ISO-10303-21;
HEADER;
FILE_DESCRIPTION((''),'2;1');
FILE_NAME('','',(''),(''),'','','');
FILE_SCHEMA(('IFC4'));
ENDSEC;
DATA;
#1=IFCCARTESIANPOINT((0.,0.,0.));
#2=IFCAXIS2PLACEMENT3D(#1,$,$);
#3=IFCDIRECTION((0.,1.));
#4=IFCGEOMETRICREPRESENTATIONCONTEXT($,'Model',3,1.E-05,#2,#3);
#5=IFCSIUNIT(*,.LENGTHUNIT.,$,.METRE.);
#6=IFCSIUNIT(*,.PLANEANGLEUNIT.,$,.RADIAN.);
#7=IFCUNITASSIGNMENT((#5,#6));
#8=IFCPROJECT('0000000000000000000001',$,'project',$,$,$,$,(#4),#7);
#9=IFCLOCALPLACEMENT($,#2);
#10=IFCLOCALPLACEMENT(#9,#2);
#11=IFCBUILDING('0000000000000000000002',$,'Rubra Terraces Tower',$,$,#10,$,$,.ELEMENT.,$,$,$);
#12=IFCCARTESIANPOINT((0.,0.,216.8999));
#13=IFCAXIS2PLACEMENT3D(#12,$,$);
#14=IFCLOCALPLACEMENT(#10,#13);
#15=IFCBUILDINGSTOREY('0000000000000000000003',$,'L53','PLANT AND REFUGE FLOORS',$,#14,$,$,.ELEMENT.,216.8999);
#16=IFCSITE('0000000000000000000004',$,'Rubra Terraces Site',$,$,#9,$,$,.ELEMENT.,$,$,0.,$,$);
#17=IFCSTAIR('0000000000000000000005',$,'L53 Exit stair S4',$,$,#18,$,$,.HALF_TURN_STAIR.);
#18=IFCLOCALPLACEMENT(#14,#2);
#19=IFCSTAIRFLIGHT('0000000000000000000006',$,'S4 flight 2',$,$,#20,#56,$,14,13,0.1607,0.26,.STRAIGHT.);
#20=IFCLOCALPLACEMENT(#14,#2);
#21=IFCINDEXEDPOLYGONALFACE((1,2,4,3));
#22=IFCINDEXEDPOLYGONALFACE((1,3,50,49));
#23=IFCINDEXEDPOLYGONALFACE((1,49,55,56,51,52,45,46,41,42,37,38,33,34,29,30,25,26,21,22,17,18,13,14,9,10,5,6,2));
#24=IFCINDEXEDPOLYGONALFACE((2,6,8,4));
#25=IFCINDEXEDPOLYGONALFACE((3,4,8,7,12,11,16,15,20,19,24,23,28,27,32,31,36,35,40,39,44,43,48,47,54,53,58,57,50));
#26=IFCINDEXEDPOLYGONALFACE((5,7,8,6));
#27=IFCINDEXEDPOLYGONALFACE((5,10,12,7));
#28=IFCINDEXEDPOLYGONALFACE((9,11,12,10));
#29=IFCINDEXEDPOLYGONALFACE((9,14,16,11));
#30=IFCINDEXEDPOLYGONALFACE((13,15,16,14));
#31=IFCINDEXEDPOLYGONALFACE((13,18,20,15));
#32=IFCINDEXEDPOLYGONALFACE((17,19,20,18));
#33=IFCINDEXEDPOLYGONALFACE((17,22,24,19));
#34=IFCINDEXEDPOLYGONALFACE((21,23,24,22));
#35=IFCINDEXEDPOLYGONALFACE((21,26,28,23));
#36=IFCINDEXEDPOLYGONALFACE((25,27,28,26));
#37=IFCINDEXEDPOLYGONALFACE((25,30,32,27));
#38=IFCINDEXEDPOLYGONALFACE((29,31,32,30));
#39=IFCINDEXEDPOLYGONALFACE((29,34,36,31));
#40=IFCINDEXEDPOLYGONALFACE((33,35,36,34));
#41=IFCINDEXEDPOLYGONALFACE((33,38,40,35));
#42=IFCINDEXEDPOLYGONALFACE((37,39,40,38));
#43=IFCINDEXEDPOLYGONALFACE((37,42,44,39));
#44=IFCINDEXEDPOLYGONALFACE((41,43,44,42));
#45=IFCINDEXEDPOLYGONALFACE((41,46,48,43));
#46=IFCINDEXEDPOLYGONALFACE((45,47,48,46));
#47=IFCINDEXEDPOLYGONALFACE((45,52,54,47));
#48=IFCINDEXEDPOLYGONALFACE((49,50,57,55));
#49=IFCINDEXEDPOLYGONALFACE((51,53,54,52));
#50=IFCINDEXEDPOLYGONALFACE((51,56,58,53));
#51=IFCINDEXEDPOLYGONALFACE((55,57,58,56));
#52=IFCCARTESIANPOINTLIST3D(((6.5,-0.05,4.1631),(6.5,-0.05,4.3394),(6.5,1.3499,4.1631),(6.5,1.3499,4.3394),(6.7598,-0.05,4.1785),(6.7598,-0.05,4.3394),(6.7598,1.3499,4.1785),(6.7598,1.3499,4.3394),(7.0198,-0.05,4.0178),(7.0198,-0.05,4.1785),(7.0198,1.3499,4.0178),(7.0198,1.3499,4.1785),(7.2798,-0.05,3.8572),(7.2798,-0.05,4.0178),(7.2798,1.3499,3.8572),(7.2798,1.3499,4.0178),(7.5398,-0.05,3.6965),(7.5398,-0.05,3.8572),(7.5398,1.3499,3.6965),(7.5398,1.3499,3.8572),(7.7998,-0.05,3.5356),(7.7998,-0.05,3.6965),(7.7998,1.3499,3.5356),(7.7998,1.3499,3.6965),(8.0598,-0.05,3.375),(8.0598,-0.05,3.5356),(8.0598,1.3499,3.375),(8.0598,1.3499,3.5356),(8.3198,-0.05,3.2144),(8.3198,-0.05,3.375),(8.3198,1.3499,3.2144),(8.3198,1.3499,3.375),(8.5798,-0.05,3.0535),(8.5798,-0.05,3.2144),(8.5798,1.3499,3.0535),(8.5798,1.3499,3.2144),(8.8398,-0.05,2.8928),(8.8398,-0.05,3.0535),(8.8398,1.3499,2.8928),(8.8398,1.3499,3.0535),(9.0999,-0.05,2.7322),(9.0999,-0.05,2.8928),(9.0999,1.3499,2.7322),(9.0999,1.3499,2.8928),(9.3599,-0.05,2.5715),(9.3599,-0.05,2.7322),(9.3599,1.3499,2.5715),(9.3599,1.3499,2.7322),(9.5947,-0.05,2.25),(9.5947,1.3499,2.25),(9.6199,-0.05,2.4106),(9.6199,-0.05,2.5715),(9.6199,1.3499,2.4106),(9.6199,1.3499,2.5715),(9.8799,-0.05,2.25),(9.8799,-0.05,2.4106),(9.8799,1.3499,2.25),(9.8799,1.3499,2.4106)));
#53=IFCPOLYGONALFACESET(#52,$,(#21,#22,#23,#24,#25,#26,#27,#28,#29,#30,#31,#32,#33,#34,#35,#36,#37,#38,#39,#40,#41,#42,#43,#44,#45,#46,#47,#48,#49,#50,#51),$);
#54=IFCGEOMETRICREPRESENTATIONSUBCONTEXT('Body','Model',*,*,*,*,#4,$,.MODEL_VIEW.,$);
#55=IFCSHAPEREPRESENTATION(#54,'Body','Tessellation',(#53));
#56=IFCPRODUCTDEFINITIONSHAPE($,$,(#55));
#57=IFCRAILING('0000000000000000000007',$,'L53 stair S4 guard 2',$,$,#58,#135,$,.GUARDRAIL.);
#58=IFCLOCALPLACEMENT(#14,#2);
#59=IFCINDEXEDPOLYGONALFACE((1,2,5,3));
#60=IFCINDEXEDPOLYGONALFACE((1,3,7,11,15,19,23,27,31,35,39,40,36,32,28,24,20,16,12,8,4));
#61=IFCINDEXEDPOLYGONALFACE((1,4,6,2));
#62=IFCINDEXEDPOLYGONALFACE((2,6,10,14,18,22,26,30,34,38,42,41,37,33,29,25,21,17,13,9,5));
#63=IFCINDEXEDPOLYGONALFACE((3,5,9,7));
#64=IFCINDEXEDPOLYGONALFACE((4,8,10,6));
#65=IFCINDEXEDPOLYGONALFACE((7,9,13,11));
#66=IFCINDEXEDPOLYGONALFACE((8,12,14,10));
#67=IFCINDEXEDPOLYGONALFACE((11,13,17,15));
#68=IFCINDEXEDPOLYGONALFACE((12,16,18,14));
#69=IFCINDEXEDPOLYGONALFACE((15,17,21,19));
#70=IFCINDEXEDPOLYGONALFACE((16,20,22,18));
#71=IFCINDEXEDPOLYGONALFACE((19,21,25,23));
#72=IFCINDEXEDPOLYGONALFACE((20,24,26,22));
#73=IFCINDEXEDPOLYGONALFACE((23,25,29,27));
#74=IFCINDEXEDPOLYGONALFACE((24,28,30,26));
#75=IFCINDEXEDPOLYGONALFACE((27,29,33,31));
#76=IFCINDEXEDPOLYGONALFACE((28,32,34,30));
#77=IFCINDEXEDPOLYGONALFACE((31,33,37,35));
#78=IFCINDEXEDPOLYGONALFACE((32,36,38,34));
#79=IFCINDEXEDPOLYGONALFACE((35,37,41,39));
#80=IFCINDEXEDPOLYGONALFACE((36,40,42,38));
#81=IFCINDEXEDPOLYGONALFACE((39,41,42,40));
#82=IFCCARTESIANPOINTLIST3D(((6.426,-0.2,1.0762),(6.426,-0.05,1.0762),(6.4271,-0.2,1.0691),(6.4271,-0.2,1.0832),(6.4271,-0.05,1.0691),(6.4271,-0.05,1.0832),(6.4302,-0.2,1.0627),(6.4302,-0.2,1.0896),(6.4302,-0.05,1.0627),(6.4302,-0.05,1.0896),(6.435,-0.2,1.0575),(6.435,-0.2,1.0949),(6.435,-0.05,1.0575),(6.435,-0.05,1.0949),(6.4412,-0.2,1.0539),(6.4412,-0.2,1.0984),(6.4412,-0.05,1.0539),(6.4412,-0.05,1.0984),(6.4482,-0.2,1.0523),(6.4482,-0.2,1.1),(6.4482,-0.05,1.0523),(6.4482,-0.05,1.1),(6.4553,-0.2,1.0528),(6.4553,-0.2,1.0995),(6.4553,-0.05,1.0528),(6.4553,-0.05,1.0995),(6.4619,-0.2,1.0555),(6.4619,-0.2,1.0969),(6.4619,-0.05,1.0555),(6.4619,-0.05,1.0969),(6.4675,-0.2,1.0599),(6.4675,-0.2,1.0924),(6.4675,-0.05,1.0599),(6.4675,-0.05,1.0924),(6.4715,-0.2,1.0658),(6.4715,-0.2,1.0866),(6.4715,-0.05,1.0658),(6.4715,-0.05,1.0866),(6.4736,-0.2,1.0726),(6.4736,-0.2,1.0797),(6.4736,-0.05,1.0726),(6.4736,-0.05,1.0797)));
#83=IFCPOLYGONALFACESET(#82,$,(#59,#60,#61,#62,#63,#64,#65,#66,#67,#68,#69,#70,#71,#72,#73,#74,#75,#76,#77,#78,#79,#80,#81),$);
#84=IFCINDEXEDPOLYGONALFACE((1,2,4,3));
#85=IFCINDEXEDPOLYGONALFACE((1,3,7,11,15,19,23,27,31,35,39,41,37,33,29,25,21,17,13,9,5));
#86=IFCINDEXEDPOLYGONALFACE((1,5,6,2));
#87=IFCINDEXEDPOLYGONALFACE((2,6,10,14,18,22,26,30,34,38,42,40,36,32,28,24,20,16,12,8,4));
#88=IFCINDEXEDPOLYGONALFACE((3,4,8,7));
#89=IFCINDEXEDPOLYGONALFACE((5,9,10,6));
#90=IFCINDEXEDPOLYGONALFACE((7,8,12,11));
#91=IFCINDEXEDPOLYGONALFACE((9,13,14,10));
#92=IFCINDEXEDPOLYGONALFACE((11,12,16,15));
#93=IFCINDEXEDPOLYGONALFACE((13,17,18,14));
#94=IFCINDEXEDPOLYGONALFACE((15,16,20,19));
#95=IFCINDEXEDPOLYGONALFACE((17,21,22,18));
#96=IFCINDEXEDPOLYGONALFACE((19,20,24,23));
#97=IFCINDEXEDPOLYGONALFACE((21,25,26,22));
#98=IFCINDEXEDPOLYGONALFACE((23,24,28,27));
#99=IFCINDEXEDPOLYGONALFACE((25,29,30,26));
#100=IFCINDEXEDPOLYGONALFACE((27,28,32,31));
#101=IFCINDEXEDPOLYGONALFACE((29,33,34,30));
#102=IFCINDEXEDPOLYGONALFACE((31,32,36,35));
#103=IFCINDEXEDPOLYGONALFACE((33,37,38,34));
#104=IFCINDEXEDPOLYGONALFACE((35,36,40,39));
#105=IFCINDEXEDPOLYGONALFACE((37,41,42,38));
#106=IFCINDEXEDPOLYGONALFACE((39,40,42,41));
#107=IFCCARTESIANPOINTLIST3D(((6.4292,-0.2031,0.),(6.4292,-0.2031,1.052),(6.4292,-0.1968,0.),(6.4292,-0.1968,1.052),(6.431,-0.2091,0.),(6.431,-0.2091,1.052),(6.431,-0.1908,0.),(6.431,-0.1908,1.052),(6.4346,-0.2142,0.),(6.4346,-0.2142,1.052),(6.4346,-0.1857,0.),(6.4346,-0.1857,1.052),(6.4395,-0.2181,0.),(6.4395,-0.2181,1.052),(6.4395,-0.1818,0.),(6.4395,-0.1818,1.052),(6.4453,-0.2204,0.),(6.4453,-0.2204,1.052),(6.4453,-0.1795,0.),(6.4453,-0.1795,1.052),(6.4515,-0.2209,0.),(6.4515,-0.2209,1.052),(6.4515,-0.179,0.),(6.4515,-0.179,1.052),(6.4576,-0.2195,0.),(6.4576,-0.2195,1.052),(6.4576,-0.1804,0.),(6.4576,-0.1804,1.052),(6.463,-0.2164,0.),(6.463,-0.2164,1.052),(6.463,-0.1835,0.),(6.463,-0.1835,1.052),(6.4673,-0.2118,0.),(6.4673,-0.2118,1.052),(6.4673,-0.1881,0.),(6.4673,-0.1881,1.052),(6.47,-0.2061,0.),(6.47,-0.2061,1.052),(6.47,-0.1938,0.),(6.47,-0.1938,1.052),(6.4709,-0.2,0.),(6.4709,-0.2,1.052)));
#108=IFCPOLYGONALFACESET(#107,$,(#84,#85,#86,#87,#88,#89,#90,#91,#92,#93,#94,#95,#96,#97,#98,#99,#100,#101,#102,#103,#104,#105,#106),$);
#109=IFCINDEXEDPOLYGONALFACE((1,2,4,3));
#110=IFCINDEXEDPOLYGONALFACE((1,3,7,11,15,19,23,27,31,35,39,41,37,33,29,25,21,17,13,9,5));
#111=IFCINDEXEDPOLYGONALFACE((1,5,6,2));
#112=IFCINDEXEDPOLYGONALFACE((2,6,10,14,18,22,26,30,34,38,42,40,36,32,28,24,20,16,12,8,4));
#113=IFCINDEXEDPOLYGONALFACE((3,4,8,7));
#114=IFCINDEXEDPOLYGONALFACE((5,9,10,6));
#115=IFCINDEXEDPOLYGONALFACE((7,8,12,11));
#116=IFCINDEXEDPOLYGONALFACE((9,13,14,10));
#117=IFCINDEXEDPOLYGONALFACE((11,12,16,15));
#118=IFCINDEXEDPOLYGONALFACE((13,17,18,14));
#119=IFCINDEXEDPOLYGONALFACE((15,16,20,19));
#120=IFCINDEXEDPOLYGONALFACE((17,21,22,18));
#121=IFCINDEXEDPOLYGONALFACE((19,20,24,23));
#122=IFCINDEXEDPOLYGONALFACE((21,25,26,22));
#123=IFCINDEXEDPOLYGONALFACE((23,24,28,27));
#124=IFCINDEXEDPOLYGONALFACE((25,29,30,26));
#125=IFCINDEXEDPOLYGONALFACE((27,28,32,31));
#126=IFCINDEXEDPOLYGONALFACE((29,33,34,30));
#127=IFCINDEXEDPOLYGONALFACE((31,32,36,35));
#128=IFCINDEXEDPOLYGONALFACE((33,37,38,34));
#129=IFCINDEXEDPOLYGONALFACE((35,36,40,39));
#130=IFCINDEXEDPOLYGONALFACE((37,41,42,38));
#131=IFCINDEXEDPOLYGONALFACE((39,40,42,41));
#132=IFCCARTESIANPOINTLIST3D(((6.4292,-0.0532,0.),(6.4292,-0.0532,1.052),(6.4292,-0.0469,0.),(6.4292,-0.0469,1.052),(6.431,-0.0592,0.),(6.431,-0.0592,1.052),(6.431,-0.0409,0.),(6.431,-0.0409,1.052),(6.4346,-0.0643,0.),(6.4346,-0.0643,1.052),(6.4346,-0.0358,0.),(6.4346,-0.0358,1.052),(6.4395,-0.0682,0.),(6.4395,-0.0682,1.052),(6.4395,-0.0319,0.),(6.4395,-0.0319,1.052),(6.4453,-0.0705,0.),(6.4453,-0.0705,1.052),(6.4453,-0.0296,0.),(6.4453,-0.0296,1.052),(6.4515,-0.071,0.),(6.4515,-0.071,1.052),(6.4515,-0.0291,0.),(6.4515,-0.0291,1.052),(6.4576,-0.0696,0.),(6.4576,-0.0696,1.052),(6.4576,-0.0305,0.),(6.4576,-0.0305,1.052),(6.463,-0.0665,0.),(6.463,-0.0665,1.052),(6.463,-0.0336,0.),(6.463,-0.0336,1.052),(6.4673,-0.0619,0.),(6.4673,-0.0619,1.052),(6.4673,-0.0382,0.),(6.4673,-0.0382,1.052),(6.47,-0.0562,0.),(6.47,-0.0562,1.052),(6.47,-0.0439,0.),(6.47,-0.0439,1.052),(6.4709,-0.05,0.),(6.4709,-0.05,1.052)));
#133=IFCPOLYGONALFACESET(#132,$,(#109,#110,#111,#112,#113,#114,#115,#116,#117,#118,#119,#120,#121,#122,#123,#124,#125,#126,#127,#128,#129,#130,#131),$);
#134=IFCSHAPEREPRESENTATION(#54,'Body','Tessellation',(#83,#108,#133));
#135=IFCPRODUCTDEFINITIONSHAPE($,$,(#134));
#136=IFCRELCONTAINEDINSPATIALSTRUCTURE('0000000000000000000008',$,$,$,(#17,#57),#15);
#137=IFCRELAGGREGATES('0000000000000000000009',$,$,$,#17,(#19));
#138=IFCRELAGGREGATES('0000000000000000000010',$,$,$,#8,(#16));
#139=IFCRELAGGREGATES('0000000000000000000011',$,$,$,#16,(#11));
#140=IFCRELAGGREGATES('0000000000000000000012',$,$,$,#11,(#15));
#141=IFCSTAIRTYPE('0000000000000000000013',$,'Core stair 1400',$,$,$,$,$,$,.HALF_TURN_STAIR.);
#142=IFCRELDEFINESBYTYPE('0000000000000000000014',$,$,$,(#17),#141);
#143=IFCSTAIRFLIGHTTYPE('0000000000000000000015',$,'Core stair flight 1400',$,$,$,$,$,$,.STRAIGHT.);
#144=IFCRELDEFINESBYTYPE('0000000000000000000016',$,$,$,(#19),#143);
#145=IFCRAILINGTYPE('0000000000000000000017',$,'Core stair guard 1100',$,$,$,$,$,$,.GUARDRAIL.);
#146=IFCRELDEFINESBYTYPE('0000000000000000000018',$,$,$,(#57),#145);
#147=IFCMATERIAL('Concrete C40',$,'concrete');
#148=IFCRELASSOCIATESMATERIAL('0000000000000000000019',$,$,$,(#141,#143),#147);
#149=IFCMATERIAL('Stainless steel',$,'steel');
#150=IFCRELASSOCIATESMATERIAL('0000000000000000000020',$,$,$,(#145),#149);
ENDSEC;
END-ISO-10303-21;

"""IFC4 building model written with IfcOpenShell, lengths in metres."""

from ifc_helpers import new_model, si_unit, direction, frame, origin, origin_2d, place, context, subcontext, project, spatial, polyline, circle, outline, extrude, material, type_object, element, aggregate, save


model = new_model("IFC4")

# Units and contexts
model_context = context("Model", 3, precision=1e-05, world=origin(), true_north=direction((0.0, 1.0)))
body_context = subcontext(model_context, "Body", "Model", "MODEL_VIEW")
ifc_project = project(units=[si_unit("LENGTHUNIT", "METRE"), si_unit("PLANEANGLEUNIT", "RADIAN")], contexts=[model_context])

# Site, building, storey
site_placement = place(None, origin())
site = spatial("IfcSite", under=ifc_project, at=site_placement, Name="Rubra Terraces Site", CompositionType="ELEMENT", RefElevation=0.0)
building_placement = place(site_placement, origin())
building = spatial("IfcBuilding", under=site, at=building_placement, Name="Rubra Terraces Tower", CompositionType="ELEMENT")
storey_placement = place(building_placement, frame((0.0, 0.0, 216.8999)))
storey = spatial("IfcBuildingStorey", under=building, at=storey_placement, Name="L53", Description="PLANT AND REFUGE FLOORS", CompositionType="ELEMENT", Elevation=216.8999)

# Shared definitions
ifc_material_1 = material(Name="Concrete C40", Category="concrete")

# Stair
stair_type = type_object("IfcStairType", Name="Core stair 1400", PredefinedType="HALF_TURN_STAIR", material=ifc_material_1)
stair_1_placement = place(storey_placement, origin())
stair_1 = element("IfcStair", 1, at=stair_1_placement, inside=storey, type_object=stair_type, Name="L53 Exit stair S4", PredefinedType="HALF_TURN_STAIR")

# Stair flight
stair_flight_type = type_object("IfcStairFlightType", Name="Core stair flight 1400", PredefinedType="STRAIGHT", material=ifc_material_1)
stair_flight_1_placement = place(storey_placement, frame((9.8799, 0.6499, 2.25), z_axis=(0.0, 0.0, 1.0), x_axis=(-1.0, 0.0, 0.0)))
stair_flight_1 = element("IfcStairFlight", 2, at=stair_flight_1_placement, type_object=stair_flight_type, Name="S4 flight 2", NumberOfRisers=14, NumberOfTreads=13, PredefinedType="STRAIGHT", RiserHeight=0.1607, TreadLength=0.26, context=body_context, shape_type="SweptSolid", body=[
    extrude(outline(polyline([(0.0, 0.0), (0.0, 0.1606), (0.26, 0.1606), (0.26, 0.3215), (0.52, 0.3215), (0.52, 0.4822), (0.78, 0.4822), (0.78, 0.6428), (1.04, 0.6428), (1.04, 0.8035), (1.3, 0.8035), (1.3, 0.9644), (1.5601, 0.9644), (1.5601, 1.125), (1.8201, 1.125), (1.8201, 1.2856), (2.0801, 1.2856), (2.0801, 1.4465), (2.3401, 1.4465), (2.3401, 1.6072), (2.6001, 1.6072), (2.6001, 1.7678), (2.8601, 1.7678), (2.8601, 1.9285), (3.1201, 1.9285), (3.1201, 2.0894), (3.3799, 2.0894), (3.3799, 2.25), (3.3799, 1.9131), (0.2852, 0.0), (0.0, 0.0)])), frame((0.0, 0.7, 0.0), z_axis=(0.0, -1.0, 0.0), x_axis=(1.0, 0.0, 0.0)), (0.0, 0.0, 1.0), 1.3999),
])
aggregate(stair_1, [stair_flight_1])

# Railing
ifc_material_2 = material(Name="Stainless steel", Category="steel")
railing_type_1 = type_object("IfcRailingType", Name="Core stair guard 1100", PredefinedType="GUARDRAIL", material=ifc_material_2)
railing_1_placement = place(storey_placement, frame((6.45, -0.2, 0.0)))
element("IfcRailing", 3, at=railing_1_placement, inside=storey, type_object=railing_type_1, Name="L53 stair S4 guard 2", PredefinedType="GUARDRAIL", context=body_context, shape_type="SweptSolid", body=[
    extrude(circle(Radius=0.0239, at=origin_2d()), frame((0.0, 0.0, 1.0762), z_axis=(0.0, 1.0, 0.0), x_axis=(-1.0, 0.0, 0.0)), (0.0, 0.0, 1.0), 0.1499),
    extrude(circle(Radius=0.021, at=origin_2d()), origin(), (0.0, 0.0, 1.0), 1.052),
    extrude(circle(Radius=0.021, at=origin_2d()), frame((0.0, 0.1499, 0.0)), (0.0, 0.0, 1.0), 1.052),
])

save(model, "model.ifc")
